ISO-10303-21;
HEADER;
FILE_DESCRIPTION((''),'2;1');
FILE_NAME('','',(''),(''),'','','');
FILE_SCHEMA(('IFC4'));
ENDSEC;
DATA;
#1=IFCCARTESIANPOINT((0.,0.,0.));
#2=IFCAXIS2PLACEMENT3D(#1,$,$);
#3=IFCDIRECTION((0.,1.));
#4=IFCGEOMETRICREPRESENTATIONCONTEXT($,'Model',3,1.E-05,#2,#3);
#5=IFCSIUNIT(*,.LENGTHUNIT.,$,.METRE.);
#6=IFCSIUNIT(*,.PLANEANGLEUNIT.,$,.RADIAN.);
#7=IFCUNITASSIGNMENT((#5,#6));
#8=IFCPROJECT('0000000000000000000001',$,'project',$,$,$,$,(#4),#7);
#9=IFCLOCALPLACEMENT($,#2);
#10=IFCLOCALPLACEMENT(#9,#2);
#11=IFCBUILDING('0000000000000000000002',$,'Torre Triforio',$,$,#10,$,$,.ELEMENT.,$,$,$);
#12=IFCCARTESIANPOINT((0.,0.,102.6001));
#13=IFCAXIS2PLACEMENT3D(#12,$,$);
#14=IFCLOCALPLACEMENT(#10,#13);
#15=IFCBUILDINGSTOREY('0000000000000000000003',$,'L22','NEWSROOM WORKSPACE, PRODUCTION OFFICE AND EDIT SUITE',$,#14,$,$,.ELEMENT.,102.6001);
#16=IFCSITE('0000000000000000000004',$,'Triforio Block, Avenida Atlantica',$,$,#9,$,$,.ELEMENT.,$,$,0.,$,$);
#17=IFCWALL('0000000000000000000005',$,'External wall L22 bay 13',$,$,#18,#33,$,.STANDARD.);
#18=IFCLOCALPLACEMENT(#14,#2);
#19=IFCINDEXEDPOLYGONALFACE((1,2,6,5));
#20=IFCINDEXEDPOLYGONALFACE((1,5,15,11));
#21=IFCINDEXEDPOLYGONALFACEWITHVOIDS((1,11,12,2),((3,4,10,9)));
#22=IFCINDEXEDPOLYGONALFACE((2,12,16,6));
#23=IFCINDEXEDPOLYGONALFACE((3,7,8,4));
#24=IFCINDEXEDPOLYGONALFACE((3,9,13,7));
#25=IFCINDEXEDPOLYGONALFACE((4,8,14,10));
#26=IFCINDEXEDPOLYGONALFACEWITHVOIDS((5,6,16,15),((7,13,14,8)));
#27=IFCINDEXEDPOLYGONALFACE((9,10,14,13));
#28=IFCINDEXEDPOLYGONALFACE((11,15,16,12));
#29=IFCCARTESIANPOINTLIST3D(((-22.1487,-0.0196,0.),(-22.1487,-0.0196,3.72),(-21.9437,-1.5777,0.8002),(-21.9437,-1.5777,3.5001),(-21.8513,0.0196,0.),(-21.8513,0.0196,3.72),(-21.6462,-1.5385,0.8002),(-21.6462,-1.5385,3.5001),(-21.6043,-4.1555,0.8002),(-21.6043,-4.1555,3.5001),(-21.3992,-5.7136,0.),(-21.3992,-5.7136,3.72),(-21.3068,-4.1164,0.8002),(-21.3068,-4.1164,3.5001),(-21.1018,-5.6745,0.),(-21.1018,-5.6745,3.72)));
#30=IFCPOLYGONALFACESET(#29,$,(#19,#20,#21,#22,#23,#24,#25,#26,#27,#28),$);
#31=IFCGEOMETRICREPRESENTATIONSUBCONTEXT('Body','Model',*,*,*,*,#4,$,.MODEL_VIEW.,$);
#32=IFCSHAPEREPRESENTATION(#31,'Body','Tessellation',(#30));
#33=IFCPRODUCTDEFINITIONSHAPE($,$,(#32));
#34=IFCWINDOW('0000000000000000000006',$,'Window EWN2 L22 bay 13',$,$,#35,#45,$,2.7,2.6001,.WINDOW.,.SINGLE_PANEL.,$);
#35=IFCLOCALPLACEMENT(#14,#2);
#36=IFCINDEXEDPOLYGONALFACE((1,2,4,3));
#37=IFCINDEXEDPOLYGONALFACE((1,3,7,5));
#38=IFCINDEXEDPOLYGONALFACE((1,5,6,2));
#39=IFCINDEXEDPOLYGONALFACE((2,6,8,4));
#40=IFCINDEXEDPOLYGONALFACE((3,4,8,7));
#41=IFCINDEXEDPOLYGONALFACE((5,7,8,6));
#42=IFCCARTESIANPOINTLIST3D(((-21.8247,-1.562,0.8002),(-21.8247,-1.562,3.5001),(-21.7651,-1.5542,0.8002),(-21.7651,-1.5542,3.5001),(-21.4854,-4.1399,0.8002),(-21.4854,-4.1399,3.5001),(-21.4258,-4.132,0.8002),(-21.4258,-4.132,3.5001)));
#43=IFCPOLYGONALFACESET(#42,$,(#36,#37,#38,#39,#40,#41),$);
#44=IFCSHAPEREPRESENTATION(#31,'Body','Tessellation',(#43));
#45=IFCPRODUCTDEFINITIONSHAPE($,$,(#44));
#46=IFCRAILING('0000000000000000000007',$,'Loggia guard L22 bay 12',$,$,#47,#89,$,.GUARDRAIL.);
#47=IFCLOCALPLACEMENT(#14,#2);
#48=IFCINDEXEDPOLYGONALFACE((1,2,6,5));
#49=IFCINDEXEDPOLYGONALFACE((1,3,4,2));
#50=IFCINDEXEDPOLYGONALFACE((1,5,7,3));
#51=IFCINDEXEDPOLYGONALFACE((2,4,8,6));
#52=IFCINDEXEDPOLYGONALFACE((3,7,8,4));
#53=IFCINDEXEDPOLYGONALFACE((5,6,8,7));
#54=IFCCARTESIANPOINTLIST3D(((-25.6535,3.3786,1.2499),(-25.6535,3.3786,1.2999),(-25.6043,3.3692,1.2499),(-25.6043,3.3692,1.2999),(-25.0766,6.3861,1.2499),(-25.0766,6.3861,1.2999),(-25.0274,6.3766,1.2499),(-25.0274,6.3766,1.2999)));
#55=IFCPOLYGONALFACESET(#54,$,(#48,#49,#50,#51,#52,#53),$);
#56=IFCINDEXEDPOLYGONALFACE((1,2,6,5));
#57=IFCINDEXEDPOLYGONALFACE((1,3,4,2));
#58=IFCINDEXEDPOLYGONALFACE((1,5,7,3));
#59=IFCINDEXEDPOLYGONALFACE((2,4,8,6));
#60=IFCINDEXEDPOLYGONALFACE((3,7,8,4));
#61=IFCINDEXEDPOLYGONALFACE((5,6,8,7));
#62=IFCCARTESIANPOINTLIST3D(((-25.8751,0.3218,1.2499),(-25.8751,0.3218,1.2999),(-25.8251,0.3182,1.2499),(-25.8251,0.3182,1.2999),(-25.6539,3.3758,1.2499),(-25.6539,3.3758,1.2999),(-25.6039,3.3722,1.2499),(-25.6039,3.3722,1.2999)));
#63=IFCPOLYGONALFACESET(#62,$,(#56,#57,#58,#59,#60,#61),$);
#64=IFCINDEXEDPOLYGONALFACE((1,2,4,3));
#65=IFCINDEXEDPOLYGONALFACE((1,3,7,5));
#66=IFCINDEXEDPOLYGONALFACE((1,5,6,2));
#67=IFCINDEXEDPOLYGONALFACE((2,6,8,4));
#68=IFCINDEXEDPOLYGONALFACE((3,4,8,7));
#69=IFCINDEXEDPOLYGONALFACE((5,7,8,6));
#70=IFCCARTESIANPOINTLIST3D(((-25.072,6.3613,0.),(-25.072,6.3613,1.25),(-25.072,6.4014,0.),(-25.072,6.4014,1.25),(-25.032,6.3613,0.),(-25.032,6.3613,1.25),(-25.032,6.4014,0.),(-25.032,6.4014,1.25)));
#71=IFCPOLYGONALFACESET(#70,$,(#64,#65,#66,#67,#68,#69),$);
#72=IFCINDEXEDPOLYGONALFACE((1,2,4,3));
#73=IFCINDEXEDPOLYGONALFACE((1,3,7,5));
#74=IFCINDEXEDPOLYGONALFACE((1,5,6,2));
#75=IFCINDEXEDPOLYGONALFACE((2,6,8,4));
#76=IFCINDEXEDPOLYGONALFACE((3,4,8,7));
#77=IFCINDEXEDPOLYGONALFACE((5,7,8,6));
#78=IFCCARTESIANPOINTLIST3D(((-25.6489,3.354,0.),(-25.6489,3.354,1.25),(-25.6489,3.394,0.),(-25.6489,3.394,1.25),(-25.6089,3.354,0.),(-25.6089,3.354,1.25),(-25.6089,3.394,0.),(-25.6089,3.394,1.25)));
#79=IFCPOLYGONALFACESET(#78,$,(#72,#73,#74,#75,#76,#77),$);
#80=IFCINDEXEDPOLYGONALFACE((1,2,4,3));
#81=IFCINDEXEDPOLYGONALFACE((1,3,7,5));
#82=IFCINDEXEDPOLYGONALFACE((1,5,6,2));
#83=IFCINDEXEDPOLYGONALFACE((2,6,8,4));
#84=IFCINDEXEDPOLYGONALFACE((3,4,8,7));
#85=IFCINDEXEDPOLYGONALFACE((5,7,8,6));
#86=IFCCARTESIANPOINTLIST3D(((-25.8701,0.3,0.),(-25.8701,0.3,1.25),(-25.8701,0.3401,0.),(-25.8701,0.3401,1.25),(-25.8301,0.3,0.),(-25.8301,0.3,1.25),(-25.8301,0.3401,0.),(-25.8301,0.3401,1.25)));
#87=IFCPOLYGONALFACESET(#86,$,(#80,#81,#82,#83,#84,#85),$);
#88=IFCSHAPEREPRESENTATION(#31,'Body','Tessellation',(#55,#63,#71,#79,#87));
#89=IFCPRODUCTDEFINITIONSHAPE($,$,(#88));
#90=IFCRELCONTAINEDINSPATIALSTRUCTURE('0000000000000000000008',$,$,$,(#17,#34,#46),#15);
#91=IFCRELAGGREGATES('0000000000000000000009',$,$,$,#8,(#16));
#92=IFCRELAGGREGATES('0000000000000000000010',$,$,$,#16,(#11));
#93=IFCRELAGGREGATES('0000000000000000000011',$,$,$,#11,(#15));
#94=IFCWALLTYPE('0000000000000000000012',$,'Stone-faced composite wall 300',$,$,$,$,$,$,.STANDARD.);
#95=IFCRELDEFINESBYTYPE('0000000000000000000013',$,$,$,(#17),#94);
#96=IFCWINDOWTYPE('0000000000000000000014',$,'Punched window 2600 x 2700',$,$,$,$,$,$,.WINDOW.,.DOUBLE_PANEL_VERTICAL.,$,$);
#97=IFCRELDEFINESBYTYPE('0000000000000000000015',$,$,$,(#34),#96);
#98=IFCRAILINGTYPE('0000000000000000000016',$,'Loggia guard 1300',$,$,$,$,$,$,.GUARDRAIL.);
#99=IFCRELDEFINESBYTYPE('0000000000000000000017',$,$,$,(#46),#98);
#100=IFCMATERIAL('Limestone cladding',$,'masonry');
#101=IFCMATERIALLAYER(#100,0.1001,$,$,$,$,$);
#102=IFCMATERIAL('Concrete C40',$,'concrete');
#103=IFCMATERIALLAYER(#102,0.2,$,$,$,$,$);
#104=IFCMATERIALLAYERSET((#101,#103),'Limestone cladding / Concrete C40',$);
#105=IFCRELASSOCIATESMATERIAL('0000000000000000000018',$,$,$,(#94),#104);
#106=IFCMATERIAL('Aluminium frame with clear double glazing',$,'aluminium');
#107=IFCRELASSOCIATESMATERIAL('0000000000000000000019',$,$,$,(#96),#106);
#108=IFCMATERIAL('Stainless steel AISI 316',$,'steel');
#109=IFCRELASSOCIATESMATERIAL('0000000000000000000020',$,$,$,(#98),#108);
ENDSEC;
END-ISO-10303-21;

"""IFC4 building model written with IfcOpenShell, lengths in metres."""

from ifc_helpers import new_model, si_unit, direction, frame, frame_2d, origin, origin_2d, place, context, subcontext, project, spatial, rectangle, extrude, material, layer, layer_set, type_object, element, fill, save


model = new_model("IFC4")

# Units and contexts
model_context = context("Model", 3, precision=1e-05, world=origin(), true_north=direction((0.0, 1.0)))
body_context = subcontext(model_context, "Body", "Model", "MODEL_VIEW")
ifc_project = project(units=[si_unit("LENGTHUNIT", "METRE"), si_unit("PLANEANGLEUNIT", "RADIAN")], contexts=[model_context])

# Site, building, storey
site_placement = place(None, origin())
site = spatial("IfcSite", under=ifc_project, at=site_placement, Name="Triforio Block, Avenida Atlantica", CompositionType="ELEMENT", RefElevation=0.0)
building_placement = place(site_placement, origin())
building = spatial("IfcBuilding", under=site, at=building_placement, Name="Torre Triforio", CompositionType="ELEMENT")
storey_placement = place(building_placement, frame((0.0, 0.0, 102.6001)))
storey = spatial("IfcBuildingStorey", under=building, at=storey_placement, Name="L22", Description="NEWSROOM WORKSPACE, PRODUCTION OFFICE AND EDIT SUITE", CompositionType="ELEMENT", Elevation=102.6001)

# Shared definitions
ifc_material_1 = material(Name="Limestone cladding", Category="masonry")
ifc_layer_1 = layer(ifc_material_1, 0.1001)
ifc_material_2 = material(Name="Concrete C40", Category="concrete")
ifc_layer_2 = layer(ifc_material_2, 0.2)
ifc_layer_set_1 = layer_set([ifc_layer_1, ifc_layer_2], Name="Limestone cladding / Concrete C40")
wall_type_1 = type_object("IfcWallType", Name="Stone-faced composite wall 300", PredefinedType="STANDARD", material=ifc_layer_set_1)
ifc_material_3 = material(Name="Aluminium frame with clear double glazing", Category="aluminium")

# Wall, opening, window
wall_1_placement = place(storey_placement, frame((-22.0, 0.0, 0.0), z_axis=(0.0, 0.0, 1.0), x_axis=(0.130504, -0.991448, 0.0)))
wall_1 = element("IfcWall", 1, at=wall_1_placement, inside=storey, type_object=wall_type_1, Name="External wall L22 bay 13", PredefinedType="STANDARD", context=body_context, shape_type="SweptSolid", body=[
    extrude(rectangle(XDim=5.7432, YDim=0.3, at=frame_2d((2.8716, 0.0))), origin(), (0.0, 0.0, 1.0), 3.72),
])
opening_1_placement = place(wall_1_placement, frame((1.5715, 0.0, 0.8)))
opening_1 = element("IfcOpeningElement", 2, at=opening_1_placement, cuts=wall_1, PredefinedType="OPENING", context=body_context, shape_type="SweptSolid", body=[
    extrude(rectangle(XDim=2.6001, YDim=2.7, at=frame_2d((1.3, 1.3501))), frame((0.0, 0.1599, 0.0), z_axis=(0.0, -1.0, 0.0), x_axis=(1.0, 0.0, 0.0)), (0.0, 0.0, 1.0), 0.3201),
])
window_type_1 = type_object("IfcWindowType", Name="Punched window 2600 x 2700", PartitioningType="DOUBLE_PANEL_VERTICAL", PredefinedType="WINDOW", material=ifc_material_3)
window_1_placement = place(opening_1_placement, origin())
window_1 = element("IfcWindow", 3, at=window_1_placement, inside=storey, type_object=window_type_1, Name="Window EWN2 L22 bay 13", OverallHeight=2.7, OverallWidth=2.6001, PartitioningType="SINGLE_PANEL", PredefinedType="WINDOW", context=body_context, shape_type="SweptSolid", body=[
    extrude(rectangle(XDim=2.6001, YDim=2.7, at=frame_2d((1.3, 1.3501))), frame((0.0, 0.03, 0.0), z_axis=(0.0, -1.0, 0.0), x_axis=(1.0, 0.0, 0.0)), (0.0, 0.0, 1.0), 0.0601),
])
fill(opening_1, window_1)

# Railing
ifc_material_4 = material(Name="Stainless steel AISI 316", Category="steel")
railing_type = type_object("IfcRailingType", Name="Loggia guard 1300", PredefinedType="GUARDRAIL", material=ifc_material_4)
railing_placement = place(storey_placement, frame((-25.052, 6.3813, 0.0)))
element("IfcRailing", 4, at=railing_placement, inside=storey, type_object=railing_type, Name="Loggia guard L22 bay 12", PredefinedType="GUARDRAIL", context=body_context, shape_type="SweptSolid", body=[
    extrude(rectangle(XDim=0.05, YDim=0.05, at=origin_2d()), frame((0.0, 0.0, 1.2749), z_axis=(-0.188398, -0.982093, 0.0), x_axis=(0.982093, -0.188398, 0.0)), (0.0, 0.0, 1.0), 3.0623),
    extrude(rectangle(XDim=0.05, YDim=0.05, at=origin_2d()), frame((-0.5769, -3.0073, 1.2749), z_axis=(-0.072239, -0.997387, 0.0), x_axis=(0.997387, -0.072239, 0.0)), (0.0, 0.0, 1.0), 3.062),
    extrude(rectangle(XDim=0.04, YDim=0.04, at=origin_2d()), origin(), (0.0, 0.0, 1.0), 1.25),
    extrude(rectangle(XDim=0.04, YDim=0.04, at=origin_2d()), frame((-0.5769, -3.0073, 0.0)), (0.0, 0.0, 1.0), 1.25),
    extrude(rectangle(XDim=0.04, YDim=0.04, at=origin_2d()), frame((-0.7981, -6.0613, 0.0)), (0.0, 0.0, 1.0), 1.25),
])

save(model, "model.ifc")
